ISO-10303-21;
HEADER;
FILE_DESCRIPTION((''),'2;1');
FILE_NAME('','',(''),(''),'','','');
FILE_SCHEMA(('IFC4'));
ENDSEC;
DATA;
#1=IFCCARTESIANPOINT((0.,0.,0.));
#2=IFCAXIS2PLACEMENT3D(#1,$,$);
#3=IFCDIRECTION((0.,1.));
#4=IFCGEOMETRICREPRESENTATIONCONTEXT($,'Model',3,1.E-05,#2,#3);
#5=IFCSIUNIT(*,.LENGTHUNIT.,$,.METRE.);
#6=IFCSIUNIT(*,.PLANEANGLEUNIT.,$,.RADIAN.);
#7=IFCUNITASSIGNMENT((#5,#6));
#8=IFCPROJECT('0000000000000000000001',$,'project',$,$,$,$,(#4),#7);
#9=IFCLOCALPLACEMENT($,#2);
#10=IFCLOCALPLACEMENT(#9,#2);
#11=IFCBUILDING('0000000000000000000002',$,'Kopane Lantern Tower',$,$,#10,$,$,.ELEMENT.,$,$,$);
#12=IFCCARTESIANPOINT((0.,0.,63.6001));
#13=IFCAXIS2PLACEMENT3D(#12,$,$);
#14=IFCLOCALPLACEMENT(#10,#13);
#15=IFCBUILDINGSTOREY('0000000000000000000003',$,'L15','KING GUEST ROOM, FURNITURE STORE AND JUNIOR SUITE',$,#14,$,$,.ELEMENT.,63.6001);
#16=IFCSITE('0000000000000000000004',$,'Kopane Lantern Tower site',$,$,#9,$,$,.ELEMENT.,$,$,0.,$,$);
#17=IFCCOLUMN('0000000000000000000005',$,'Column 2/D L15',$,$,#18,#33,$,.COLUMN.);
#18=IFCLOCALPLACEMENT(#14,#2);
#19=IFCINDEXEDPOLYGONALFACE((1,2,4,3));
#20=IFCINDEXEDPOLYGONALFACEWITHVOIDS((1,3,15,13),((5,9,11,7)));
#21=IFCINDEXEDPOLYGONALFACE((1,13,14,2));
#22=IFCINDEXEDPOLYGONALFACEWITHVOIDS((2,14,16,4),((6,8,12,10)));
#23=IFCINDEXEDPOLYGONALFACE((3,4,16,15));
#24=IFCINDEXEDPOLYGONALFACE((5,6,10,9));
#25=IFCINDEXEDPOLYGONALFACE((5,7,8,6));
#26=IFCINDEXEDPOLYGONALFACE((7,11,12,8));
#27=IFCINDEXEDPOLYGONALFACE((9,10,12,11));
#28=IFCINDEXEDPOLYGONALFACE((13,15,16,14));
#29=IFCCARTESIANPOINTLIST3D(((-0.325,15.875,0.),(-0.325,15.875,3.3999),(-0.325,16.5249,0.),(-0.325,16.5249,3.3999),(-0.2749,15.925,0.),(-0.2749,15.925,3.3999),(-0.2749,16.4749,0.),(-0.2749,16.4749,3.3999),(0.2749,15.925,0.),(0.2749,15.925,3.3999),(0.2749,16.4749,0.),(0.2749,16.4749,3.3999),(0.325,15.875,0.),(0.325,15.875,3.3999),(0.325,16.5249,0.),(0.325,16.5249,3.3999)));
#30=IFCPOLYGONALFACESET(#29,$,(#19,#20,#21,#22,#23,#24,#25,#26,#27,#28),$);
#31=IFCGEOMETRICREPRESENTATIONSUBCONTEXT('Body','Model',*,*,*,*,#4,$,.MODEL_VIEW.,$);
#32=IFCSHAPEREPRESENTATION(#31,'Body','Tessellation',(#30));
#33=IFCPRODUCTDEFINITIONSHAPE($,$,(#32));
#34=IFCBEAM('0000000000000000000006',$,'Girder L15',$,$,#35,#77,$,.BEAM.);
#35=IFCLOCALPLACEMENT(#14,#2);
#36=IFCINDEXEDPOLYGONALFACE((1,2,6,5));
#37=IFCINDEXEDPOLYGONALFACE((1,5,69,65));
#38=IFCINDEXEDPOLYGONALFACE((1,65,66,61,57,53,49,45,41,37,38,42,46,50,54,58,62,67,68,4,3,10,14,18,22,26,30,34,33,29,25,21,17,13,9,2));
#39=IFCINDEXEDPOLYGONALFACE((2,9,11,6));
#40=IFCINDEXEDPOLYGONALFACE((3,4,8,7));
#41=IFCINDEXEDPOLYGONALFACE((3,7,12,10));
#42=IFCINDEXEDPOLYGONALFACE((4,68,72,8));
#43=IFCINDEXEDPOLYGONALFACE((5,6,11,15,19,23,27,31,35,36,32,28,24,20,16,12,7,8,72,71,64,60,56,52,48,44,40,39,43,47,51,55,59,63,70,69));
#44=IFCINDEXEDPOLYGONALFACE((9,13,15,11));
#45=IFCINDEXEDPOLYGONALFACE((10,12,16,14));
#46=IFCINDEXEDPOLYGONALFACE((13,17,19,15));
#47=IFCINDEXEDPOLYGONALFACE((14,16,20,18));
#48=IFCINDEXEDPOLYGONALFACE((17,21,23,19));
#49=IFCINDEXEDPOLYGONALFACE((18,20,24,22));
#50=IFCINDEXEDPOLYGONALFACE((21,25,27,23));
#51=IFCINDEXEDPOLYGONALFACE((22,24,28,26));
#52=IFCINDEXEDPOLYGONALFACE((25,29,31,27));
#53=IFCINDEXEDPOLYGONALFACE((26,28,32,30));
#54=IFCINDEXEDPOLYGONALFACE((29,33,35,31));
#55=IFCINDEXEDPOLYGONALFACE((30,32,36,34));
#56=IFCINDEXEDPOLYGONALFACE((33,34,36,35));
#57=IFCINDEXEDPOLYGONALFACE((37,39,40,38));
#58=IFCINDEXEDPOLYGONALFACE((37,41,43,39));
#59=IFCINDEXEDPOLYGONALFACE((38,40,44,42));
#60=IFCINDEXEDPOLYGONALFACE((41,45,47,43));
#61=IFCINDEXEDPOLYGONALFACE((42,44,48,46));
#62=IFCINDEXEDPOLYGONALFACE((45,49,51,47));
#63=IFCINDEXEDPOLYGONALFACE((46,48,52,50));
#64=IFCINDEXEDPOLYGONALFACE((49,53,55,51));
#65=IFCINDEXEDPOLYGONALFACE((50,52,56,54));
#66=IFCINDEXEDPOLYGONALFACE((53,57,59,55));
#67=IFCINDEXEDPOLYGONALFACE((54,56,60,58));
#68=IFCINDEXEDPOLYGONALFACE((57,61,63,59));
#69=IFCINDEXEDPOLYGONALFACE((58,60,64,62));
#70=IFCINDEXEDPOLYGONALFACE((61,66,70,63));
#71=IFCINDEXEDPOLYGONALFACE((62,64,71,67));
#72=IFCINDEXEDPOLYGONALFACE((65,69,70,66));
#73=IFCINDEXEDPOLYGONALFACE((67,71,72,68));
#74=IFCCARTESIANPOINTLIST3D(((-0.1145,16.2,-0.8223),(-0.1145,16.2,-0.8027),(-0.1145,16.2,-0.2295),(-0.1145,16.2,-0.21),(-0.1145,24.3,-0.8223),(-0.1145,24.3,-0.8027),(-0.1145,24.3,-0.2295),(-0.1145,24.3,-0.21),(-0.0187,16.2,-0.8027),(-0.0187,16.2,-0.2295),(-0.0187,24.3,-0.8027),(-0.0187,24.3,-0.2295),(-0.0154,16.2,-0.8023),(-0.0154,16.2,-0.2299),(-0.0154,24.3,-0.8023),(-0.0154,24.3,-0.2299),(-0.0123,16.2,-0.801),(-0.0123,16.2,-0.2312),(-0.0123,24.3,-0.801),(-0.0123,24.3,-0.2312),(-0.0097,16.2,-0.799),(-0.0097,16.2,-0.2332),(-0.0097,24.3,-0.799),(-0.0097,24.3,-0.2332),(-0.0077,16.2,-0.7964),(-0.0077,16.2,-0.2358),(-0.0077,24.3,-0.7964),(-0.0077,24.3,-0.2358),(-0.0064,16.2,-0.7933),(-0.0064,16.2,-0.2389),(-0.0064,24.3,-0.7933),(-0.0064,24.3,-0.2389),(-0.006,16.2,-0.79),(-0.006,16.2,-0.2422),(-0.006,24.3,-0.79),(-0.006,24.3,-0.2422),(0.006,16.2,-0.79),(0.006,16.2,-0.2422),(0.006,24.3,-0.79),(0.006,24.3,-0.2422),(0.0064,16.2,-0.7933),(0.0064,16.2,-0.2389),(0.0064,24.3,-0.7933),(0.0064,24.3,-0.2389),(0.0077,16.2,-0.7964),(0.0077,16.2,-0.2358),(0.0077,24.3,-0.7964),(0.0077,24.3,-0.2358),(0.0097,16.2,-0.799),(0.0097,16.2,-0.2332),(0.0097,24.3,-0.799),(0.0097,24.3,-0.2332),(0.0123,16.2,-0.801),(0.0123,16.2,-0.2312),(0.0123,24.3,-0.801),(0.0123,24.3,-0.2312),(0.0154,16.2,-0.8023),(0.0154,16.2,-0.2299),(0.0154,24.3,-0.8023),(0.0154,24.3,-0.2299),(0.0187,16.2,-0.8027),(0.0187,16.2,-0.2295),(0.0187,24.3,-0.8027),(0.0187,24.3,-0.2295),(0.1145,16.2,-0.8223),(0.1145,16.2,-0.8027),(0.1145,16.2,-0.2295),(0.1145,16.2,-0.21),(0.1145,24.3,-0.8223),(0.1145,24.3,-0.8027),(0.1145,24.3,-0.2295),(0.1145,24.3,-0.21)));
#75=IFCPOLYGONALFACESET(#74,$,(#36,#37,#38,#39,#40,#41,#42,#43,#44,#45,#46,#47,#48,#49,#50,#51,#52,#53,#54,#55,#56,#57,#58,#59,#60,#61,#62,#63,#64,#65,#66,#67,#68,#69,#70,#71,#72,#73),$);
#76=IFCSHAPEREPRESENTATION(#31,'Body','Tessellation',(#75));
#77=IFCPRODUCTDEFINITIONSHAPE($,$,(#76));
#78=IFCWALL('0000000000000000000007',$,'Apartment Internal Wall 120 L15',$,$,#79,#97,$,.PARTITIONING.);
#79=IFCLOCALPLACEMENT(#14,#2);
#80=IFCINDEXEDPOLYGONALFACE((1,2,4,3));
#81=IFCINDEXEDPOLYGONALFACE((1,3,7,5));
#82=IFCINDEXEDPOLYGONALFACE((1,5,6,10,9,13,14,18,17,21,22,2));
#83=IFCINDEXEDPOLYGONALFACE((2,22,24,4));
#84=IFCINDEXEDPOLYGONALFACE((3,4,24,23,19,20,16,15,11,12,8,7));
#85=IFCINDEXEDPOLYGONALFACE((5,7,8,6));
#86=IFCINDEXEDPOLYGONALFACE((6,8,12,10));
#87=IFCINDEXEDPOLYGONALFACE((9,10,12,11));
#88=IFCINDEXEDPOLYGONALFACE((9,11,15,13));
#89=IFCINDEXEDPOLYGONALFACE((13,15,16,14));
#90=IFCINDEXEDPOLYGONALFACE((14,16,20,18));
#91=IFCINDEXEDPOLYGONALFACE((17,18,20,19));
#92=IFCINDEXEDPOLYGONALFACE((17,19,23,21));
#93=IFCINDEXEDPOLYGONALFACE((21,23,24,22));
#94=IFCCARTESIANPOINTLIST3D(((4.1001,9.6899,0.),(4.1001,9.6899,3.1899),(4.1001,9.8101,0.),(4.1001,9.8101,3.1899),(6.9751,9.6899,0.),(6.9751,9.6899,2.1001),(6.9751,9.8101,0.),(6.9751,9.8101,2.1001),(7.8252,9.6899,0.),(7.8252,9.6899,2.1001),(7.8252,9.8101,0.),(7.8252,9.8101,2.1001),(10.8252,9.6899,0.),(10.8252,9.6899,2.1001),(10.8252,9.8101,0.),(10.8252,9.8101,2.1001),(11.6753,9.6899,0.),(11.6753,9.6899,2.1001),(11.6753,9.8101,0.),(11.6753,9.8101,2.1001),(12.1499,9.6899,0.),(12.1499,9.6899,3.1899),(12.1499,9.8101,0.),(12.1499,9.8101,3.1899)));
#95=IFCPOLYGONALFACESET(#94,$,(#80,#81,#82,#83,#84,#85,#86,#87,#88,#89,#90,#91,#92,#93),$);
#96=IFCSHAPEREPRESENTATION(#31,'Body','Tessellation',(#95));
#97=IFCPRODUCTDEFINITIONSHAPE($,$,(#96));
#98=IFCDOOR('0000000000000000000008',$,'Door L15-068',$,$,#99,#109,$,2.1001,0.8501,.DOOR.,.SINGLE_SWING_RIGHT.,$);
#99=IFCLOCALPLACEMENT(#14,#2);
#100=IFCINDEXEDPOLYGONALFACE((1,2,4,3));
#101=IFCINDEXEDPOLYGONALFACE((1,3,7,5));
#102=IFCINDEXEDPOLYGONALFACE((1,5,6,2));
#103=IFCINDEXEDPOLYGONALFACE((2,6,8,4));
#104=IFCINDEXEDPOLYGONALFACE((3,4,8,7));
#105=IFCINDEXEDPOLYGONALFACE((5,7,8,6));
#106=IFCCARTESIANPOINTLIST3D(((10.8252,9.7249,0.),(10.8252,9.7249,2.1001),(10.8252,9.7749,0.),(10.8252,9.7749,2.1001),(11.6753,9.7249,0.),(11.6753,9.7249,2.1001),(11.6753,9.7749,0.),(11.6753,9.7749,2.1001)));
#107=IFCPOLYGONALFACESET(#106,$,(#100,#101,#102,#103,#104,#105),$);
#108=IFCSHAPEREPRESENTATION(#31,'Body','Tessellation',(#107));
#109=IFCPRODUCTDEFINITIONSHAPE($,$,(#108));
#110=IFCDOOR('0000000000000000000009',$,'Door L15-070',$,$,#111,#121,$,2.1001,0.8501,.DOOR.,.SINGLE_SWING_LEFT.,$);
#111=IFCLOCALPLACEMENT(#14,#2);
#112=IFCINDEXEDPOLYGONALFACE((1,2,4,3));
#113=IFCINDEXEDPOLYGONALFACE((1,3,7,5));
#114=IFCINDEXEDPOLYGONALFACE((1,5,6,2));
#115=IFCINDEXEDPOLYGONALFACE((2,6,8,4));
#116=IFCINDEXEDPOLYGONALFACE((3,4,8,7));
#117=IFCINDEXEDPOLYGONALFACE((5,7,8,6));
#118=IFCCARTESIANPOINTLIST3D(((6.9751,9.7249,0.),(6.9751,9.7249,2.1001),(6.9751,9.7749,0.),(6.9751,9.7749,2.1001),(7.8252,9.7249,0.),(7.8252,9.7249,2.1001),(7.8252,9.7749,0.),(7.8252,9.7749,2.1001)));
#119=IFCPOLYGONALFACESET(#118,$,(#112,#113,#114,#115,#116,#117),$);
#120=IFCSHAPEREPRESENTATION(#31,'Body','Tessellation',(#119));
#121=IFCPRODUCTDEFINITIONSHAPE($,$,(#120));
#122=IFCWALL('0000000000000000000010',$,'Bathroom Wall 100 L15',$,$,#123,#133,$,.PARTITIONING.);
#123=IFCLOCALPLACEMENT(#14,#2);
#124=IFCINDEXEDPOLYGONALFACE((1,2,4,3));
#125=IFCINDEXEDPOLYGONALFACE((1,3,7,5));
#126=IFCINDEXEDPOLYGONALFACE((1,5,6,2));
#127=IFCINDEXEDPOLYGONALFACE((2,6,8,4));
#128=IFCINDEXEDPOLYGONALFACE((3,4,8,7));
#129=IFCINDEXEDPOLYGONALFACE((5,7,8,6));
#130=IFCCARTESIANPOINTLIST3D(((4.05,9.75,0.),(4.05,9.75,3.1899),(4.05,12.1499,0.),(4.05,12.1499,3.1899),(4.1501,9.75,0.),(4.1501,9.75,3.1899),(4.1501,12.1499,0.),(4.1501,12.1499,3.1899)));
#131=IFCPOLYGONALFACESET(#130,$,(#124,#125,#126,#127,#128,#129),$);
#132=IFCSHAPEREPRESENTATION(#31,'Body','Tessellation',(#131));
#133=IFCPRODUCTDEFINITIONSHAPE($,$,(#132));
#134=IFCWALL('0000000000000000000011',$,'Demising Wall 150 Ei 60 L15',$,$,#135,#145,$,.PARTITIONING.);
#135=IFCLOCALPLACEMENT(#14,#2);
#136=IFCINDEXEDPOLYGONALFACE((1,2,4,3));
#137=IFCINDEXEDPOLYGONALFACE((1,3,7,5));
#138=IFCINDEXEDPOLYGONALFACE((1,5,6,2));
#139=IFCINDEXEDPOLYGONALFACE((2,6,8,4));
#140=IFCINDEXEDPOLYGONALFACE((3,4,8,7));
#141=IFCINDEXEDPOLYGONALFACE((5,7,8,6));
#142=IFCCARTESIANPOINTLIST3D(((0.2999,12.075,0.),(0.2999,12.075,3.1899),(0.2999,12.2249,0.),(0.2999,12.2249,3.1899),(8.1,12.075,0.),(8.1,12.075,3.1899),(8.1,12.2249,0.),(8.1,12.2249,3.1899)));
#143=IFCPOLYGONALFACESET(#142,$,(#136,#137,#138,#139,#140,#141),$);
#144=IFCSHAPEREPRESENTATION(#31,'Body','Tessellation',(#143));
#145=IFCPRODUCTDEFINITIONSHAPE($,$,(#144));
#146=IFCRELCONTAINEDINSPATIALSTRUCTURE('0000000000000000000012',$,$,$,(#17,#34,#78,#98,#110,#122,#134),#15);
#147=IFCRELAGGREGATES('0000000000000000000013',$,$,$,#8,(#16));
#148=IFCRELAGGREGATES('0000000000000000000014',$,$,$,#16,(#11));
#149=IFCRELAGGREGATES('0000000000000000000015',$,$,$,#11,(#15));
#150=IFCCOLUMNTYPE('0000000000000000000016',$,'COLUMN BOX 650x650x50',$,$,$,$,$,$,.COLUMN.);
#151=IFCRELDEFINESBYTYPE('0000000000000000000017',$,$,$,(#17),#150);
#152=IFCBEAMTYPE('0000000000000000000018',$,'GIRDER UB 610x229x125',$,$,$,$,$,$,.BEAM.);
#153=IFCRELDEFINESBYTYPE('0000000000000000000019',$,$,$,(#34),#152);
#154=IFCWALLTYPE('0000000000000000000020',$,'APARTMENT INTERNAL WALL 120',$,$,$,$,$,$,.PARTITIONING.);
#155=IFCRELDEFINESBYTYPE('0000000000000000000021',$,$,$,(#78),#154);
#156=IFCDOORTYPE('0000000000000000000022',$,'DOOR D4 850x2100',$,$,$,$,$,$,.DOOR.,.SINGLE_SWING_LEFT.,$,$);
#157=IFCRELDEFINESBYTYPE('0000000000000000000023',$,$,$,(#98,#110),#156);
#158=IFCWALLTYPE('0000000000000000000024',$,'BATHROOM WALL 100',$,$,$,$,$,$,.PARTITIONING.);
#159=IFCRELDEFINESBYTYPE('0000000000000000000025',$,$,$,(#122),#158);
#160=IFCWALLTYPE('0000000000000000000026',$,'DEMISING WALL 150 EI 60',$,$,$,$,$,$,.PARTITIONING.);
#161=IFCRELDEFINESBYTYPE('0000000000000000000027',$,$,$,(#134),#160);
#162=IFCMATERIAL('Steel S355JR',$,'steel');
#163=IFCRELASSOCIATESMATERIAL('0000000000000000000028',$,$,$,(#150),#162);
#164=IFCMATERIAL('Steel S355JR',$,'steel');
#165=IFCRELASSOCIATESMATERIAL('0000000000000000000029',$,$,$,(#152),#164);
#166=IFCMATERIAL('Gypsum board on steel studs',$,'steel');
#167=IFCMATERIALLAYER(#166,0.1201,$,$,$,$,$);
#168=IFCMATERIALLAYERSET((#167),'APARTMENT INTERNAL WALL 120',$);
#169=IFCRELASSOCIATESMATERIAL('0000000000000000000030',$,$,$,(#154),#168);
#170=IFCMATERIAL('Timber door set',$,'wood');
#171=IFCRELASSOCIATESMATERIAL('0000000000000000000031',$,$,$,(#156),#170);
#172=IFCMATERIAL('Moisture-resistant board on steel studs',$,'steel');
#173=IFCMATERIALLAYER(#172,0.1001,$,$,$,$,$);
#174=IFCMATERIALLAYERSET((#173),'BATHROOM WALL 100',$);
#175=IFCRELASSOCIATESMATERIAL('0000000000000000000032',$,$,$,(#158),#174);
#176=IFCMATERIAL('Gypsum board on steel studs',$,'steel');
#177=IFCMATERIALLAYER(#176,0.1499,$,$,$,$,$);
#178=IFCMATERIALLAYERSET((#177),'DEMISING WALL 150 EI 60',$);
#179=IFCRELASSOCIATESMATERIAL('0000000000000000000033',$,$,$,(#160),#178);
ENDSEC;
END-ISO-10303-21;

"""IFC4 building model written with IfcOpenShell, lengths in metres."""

from ifc_helpers import new_model, si_unit, direction, frame, frame_2d, origin, origin_2d, place, context, subcontext, project, spatial, rectangle, hollow_rectangle, i_section, extrude, material, layer, layer_set, material_profile, profile_set, type_object, element, fill, save


model = new_model("IFC4")

# Units and contexts
model_context = context("Model", 3, precision=1e-05, world=origin(), true_north=direction((0.0, 1.0)))
body_context = subcontext(model_context, "Body", "Model", "MODEL_VIEW")
ifc_project = project(units=[si_unit("LENGTHUNIT", "METRE"), si_unit("PLANEANGLEUNIT", "RADIAN")], contexts=[model_context])

# Site, building, storey
site_placement = place(None, origin())
site = spatial("IfcSite", under=ifc_project, at=site_placement, Name="Kopane Lantern Tower site", CompositionType="ELEMENT", RefElevation=0.0)
building_placement = place(site_placement, origin())
building = spatial("IfcBuilding", under=site, at=building_placement, Name="Kopane Lantern Tower", CompositionType="ELEMENT")
storey_placement = place(building_placement, frame((0.0, 0.0, 63.6001)))
storey = spatial("IfcBuildingStorey", under=building, at=storey_placement, Name="L15", Description="KING GUEST ROOM, FURNITURE STORE AND JUNIOR SUITE", CompositionType="ELEMENT", Elevation=63.6001)

# Column
ifc_material_1 = material(Name="Steel S355JR", Category="steel")
ifc_material_profile_1 = material_profile(ifc_material_1, hollow_rectangle(XDim=0.6499, YDim=0.6499, WallThickness=0.05, at=origin_2d()), Name="BOX 650x650x50")
ifc_profile_set_1 = profile_set([ifc_material_profile_1], Name="Steel S355JR")
column_type = type_object("IfcColumnType", Name="COLUMN BOX 650x650x50", PredefinedType="COLUMN", material=ifc_profile_set_1)
column_placement = place(storey_placement, frame((0.0, 16.2, 0.0), z_axis=(0.0, 0.0, 1.0), x_axis=(1.0, 0.0, 0.0)))
element("IfcColumn", 1, at=column_placement, inside=storey, type_object=column_type, Name="Column 2/D L15", PredefinedType="COLUMN", context=body_context, shape_type="SweptSolid", body=[
    extrude(hollow_rectangle(XDim=0.6499, YDim=0.6499, WallThickness=0.05, at=origin_2d()), origin(), (0.0, 0.0, 1.0), 3.3999),
])

# Beam
ifc_material_2 = material(Name="Steel S355JR", Category="steel")
ifc_material_profile_2 = material_profile(ifc_material_2, i_section(OverallWidth=0.229, OverallDepth=0.6123, WebThickness=0.012, FlangeThickness=0.0195, FilletRadius=0.0127, at=origin_2d()), Name="UB 610x229x125")
ifc_profile_set_2 = profile_set([ifc_material_profile_2], Name="Steel S355JR")
beam_type = type_object("IfcBeamType", Name="GIRDER UB 610x229x125", PredefinedType="BEAM", material=ifc_profile_set_2)
beam_placement = place(storey_placement, frame((0.0, 16.2, -0.5161), z_axis=(0.0, 1.0, 0.0), x_axis=(-1.0, 0.0, 0.0)))
element("IfcBeam", 2, at=beam_placement, inside=storey, type_object=beam_type, Name="Girder L15", PredefinedType="BEAM", context=body_context, shape_type="SweptSolid", body=[
    extrude(i_section(OverallWidth=0.229, OverallDepth=0.6123, WebThickness=0.012, FlangeThickness=0.0195, FilletRadius=0.0127, at=origin_2d()), origin(), (0.0, 0.0, 1.0), 8.1001),
])

# Wall, openings, doors
ifc_material_3 = material(Name="Gypsum board on steel studs", Category="steel")
ifc_layer_1 = layer(ifc_material_3, 0.1201)
ifc_layer_set_1 = layer_set([ifc_layer_1], Name="APARTMENT INTERNAL WALL 120")
wall_type_1 = type_object("IfcWallType", Name="APARTMENT INTERNAL WALL 120", PredefinedType="PARTITIONING", material=ifc_layer_set_1)
wall_1_placement = place(storey_placement, frame((4.1001, 9.75, 0.0), z_axis=(0.0, 0.0, 1.0), x_axis=(1.0, 0.0, 0.0)))
wall_1 = element("IfcWall", 3, at=wall_1_placement, inside=storey, type_object=wall_type_1, Name="Apartment Internal Wall 120 L15", PredefinedType="PARTITIONING", context=body_context, shape_type="SweptSolid", body=[
    extrude(rectangle(XDim=8.0498, YDim=0.1201, at=frame_2d((4.0249, 0.0))), origin(), (0.0, 0.0, 1.0), 3.1899),
])
opening_1_placement = place(wall_1_placement, frame((6.7251, 0.0, 0.0)))
opening_1 = element("IfcOpeningElement", 4, at=opening_1_placement, cuts=wall_1, PredefinedType="OPENING", context=body_context, shape_type="SweptSolid", body=[
    extrude(rectangle(XDim=0.8501, YDim=2.1001, at=frame_2d((0.425, 1.05))), frame((0.0, 0.0701, 0.0), z_axis=(0.0, -1.0, 0.0), x_axis=(1.0, 0.0, 0.0)), (0.0, 0.0, 1.0), 0.1401),
])
opening_2_placement = place(wall_1_placement, frame((2.875, 0.0, 0.0)))
opening_2 = element("IfcOpeningElement", 5, at=opening_2_placement, cuts=wall_1, PredefinedType="OPENING", context=body_context, shape_type="SweptSolid", body=[
    extrude(rectangle(XDim=0.8501, YDim=2.1001, at=frame_2d((0.425, 1.05))), frame((0.0, 0.0701, 0.0), z_axis=(0.0, -1.0, 0.0), x_axis=(1.0, 0.0, 0.0)), (0.0, 0.0, 1.0), 0.1401),
])
ifc_material_4 = material(Name="Timber door set", Category="wood")
door_type = type_object("IfcDoorType", Name="DOOR D4 850x2100", OperationType="SINGLE_SWING_LEFT", PredefinedType="DOOR", material=ifc_material_4)
door_1_placement = place(opening_1_placement, origin())
door_1 = element("IfcDoor", 6, at=door_1_placement, inside=storey, type_object=door_type, Name="Door L15-068", OperationType="SINGLE_SWING_RIGHT", OverallHeight=2.1001, OverallWidth=0.8501, PredefinedType="DOOR", context=body_context, shape_type="SweptSolid", body=[
    extrude(rectangle(XDim=0.8501, YDim=2.1001, at=frame_2d((0.425, 1.05))), frame((0.0, 0.0249, 0.0), z_axis=(0.0, -1.0, 0.0), x_axis=(1.0, 0.0, 0.0)), (0.0, 0.0, 1.0), 0.05),
])
fill(opening_1, door_1)
door_2_placement = place(opening_2_placement, origin())
door_2 = element("IfcDoor", 7, at=door_2_placement, inside=storey, type_object=door_type, Name="Door L15-070", OperationType="SINGLE_SWING_LEFT", OverallHeight=2.1001, OverallWidth=0.8501, PredefinedType="DOOR", context=body_context, shape_type="SweptSolid", body=[
    extrude(rectangle(XDim=0.8501, YDim=2.1001, at=frame_2d((0.425, 1.05))), frame((0.0, 0.0249, 0.0), z_axis=(0.0, -1.0, 0.0), x_axis=(1.0, 0.0, 0.0)), (0.0, 0.0, 1.0), 0.05),
])
fill(opening_2, door_2)

# Walls
ifc_material_5 = material(Name="Moisture-resistant board on steel studs", Category="steel")
ifc_layer_2 = layer(ifc_material_5, 0.1001)
ifc_layer_set_2 = layer_set([ifc_layer_2], Name="BATHROOM WALL 100")
wall_type_2 = type_object("IfcWallType", Name="BATHROOM WALL 100", PredefinedType="PARTITIONING", material=ifc_layer_set_2)
wall_2_placement = place(storey_placement, frame((4.1001, 12.1499, 0.0), z_axis=(0.0, 0.0, 1.0), x_axis=(0.0, -1.0, 0.0)))
element("IfcWall", 8, at=wall_2_placement, inside=storey, type_object=wall_type_2, Name="Bathroom Wall 100 L15", PredefinedType="PARTITIONING", context=body_context, shape_type="SweptSolid", body=[
    extrude(rectangle(XDim=2.3999, YDim=0.1001, at=frame_2d((1.2, 0.0))), origin(), (0.0, 0.0, 1.0), 3.1899),
])
ifc_material_6 = material(Name="Gypsum board on steel studs", Category="steel")
ifc_layer_3 = layer(ifc_material_6, 0.1499)
ifc_layer_set_3 = layer_set([ifc_layer_3], Name="DEMISING WALL 150 EI 60")
wall_type_3 = type_object("IfcWallType", Name="DEMISING WALL 150 EI 60", PredefinedType="PARTITIONING", material=ifc_layer_set_3)
wall_3_placement = place(storey_placement, frame((0.3, 12.1499, 0.0), z_axis=(0.0, 0.0, 1.0), x_axis=(1.0, 0.0, 0.0)))
element("IfcWall", 9, at=wall_3_placement, inside=storey, type_object=wall_type_3, Name="Demising Wall 150 Ei 60 L15", PredefinedType="PARTITIONING", context=body_context, shape_type="SweptSolid", body=[
    extrude(rectangle(XDim=7.8, YDim=0.1499, at=frame_2d((3.8999, 0.0))), origin(), (0.0, 0.0, 1.0), 3.1899),
])

save(model, "model.ifc")
